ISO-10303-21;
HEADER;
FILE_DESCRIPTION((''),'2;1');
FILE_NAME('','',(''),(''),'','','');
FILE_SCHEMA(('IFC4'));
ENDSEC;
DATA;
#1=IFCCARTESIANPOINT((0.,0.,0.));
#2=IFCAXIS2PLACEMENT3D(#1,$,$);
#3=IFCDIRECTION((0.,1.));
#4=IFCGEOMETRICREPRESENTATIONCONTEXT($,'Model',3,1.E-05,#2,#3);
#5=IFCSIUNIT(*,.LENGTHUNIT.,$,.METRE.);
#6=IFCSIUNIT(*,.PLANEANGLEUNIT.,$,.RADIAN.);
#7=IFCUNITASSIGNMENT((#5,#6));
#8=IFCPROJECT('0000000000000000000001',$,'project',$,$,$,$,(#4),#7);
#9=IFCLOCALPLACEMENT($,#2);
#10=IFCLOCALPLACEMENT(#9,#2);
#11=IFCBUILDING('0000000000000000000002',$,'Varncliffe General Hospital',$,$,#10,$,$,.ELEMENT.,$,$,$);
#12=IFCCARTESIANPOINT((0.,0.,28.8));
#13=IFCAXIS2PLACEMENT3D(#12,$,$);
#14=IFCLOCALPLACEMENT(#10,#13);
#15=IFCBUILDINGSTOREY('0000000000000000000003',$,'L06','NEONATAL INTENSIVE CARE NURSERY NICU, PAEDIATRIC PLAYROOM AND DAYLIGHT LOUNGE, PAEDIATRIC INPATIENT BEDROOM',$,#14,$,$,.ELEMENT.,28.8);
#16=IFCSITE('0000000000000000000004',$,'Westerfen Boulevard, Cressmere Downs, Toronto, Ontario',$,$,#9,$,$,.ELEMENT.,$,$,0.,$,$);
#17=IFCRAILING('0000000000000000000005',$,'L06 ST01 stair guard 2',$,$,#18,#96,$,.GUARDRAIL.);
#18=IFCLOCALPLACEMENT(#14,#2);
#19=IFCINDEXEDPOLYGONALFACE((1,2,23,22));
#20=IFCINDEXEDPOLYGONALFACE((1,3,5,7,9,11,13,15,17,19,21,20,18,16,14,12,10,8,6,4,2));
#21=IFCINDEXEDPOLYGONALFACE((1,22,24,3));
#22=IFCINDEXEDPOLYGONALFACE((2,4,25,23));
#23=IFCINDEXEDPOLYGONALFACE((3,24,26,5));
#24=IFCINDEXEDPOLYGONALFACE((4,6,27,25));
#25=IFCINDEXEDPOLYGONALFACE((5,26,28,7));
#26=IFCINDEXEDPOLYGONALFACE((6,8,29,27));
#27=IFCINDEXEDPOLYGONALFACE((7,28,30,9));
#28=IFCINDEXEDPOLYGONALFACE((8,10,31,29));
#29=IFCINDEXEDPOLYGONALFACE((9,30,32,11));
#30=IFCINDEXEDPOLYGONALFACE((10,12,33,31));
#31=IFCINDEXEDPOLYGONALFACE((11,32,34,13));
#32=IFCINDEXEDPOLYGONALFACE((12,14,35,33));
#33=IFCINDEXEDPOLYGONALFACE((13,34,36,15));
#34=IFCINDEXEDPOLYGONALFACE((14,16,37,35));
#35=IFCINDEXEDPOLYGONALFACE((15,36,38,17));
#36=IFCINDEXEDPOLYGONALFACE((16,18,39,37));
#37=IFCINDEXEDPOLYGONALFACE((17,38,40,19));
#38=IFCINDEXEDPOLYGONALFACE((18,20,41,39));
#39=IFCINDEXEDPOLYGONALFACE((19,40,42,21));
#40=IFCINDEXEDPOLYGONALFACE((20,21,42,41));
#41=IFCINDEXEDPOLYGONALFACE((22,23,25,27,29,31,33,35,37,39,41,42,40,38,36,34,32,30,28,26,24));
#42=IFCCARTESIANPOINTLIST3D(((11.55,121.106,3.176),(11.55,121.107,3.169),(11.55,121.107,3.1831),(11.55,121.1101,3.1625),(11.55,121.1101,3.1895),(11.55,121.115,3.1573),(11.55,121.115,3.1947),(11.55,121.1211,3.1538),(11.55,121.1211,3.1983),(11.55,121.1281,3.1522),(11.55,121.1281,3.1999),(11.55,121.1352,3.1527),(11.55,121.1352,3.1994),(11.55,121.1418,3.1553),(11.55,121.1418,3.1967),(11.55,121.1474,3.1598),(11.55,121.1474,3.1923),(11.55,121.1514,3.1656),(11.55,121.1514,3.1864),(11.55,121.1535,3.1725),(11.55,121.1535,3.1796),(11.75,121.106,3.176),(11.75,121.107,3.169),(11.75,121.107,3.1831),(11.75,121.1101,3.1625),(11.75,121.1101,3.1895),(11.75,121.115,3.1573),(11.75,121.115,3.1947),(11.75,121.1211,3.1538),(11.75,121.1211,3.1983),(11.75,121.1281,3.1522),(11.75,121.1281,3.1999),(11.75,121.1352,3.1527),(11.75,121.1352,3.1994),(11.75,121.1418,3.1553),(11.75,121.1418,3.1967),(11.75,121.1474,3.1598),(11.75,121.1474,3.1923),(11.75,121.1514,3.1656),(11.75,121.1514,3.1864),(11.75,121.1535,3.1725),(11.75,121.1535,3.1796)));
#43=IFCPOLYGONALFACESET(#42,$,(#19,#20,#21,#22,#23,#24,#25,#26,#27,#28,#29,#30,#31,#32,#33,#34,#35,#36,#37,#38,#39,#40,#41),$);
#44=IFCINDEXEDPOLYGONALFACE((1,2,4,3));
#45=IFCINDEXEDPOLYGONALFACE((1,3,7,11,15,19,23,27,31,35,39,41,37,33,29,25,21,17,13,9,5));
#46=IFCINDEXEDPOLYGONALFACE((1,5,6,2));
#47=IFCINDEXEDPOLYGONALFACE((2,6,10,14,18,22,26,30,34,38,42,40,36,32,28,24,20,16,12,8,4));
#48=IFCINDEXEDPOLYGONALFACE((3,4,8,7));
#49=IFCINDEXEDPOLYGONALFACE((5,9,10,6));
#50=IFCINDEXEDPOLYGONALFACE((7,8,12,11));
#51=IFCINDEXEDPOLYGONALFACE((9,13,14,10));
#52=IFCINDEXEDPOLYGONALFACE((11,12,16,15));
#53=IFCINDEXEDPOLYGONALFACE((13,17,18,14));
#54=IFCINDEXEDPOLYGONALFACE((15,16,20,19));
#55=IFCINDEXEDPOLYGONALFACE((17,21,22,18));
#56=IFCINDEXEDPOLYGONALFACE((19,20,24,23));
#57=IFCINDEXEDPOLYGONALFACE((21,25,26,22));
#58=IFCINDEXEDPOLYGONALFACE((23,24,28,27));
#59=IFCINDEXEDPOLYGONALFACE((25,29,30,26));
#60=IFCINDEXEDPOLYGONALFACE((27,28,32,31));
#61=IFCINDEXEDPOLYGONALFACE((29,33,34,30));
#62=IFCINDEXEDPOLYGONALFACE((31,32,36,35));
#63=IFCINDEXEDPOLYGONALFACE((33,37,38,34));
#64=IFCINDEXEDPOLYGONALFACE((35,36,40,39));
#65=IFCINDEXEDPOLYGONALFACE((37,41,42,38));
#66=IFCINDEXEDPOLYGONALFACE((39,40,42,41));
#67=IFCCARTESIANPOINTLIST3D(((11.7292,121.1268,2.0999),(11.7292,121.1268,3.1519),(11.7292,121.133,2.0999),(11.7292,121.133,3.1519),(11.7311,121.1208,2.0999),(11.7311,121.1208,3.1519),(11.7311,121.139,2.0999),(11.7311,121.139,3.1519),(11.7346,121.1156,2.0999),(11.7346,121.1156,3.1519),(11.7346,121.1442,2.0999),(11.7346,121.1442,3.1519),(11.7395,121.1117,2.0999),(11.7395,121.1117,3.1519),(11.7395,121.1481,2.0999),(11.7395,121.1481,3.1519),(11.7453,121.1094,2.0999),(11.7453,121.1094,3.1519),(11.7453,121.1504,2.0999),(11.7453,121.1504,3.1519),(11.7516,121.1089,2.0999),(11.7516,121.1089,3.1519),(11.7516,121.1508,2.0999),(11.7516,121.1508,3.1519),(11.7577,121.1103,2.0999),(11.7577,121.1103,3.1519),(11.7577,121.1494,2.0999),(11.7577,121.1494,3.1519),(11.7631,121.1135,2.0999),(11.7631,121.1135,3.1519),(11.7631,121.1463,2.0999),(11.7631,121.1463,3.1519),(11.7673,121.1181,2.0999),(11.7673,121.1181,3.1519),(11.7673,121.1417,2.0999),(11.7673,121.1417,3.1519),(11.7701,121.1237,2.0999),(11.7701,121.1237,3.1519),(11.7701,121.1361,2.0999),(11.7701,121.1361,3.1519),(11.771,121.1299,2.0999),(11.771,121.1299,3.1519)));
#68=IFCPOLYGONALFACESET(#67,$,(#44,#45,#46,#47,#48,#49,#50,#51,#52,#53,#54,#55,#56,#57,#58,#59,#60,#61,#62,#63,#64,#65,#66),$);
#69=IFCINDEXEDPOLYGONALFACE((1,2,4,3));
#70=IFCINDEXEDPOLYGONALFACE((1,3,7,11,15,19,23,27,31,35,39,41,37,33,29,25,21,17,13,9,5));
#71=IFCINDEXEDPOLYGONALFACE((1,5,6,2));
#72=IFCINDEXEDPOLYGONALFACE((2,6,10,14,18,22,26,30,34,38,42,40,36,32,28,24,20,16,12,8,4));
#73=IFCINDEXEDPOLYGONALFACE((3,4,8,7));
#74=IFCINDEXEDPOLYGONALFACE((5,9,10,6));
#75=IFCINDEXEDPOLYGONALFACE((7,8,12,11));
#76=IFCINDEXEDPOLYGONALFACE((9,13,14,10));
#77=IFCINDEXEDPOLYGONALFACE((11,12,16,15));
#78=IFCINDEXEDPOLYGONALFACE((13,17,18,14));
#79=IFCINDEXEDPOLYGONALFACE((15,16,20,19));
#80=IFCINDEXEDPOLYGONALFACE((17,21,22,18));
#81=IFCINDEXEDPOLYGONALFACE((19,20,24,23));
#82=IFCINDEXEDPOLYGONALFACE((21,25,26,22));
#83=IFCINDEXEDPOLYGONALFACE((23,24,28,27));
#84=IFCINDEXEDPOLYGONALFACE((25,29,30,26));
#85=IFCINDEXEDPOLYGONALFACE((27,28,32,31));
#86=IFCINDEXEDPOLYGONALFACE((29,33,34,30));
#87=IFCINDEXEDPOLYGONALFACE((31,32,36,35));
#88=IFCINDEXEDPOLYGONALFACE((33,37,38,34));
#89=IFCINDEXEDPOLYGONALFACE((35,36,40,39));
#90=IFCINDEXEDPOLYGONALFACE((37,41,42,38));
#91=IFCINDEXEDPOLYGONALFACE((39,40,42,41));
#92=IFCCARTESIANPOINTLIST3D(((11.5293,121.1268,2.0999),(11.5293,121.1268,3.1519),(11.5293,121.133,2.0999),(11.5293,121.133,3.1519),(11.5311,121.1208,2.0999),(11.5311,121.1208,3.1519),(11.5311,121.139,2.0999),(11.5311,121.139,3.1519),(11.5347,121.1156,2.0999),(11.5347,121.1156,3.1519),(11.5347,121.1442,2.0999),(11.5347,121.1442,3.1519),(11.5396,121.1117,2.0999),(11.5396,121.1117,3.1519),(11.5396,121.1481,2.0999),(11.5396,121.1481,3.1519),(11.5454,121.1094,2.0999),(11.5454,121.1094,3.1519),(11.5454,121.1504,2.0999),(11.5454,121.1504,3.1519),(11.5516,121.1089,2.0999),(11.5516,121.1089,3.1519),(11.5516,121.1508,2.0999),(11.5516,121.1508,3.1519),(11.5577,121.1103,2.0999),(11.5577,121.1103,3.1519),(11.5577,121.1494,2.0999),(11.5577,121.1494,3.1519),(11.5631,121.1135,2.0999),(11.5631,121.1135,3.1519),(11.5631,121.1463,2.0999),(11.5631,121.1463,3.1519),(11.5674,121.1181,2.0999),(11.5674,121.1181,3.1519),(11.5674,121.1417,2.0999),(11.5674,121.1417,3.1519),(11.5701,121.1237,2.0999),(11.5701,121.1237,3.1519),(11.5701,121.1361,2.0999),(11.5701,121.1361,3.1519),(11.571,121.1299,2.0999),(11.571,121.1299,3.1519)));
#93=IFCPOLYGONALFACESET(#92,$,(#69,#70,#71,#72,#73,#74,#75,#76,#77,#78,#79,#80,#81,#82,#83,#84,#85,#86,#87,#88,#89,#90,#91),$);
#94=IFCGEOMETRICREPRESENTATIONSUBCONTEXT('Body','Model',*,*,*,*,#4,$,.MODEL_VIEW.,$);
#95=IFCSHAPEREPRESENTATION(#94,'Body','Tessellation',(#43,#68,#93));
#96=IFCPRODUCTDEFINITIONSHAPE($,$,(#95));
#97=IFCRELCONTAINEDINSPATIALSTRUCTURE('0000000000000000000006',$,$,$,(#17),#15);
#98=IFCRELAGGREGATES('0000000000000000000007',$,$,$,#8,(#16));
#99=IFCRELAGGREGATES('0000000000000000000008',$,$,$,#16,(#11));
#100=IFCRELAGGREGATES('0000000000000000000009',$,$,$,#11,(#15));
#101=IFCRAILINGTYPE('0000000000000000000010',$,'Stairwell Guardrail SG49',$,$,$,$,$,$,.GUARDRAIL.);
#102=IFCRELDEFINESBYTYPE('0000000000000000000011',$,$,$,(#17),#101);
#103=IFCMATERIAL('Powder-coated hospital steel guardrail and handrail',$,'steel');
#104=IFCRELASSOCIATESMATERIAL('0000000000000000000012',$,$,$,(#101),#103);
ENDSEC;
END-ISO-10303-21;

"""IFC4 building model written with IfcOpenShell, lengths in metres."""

from ifc_helpers import new_model, si_unit, direction, frame, origin, origin_2d, place, context, subcontext, project, spatial, circle, extrude, material, type_object, element, save


model = new_model("IFC4")

# Units and contexts
model_context = context("Model", 3, precision=1e-05, world=origin(), true_north=direction((0.0, 1.0)))
body_context = subcontext(model_context, "Body", "Model", "MODEL_VIEW")
ifc_project = project(units=[si_unit("LENGTHUNIT", "METRE"), si_unit("PLANEANGLEUNIT", "RADIAN")], contexts=[model_context])

# Site, building, storey
site_placement = place(None, origin())
site = spatial("IfcSite", under=ifc_project, at=site_placement, Name="Westerfen Boulevard, Cressmere Downs, Toronto, Ontario", CompositionType="ELEMENT", RefElevation=0.0)
building_placement = place(site_placement, origin())
building = spatial("IfcBuilding", under=site, at=building_placement, Name="Varncliffe General Hospital", CompositionType="ELEMENT")
storey_placement = place(building_placement, frame((0.0, 0.0, 28.8)))
storey = spatial("IfcBuildingStorey", under=building, at=storey_placement, Name="L06", Description="NEONATAL INTENSIVE CARE NURSERY NICU, PAEDIATRIC PLAYROOM AND DAYLIGHT LOUNGE, PAEDIATRIC INPATIENT BEDROOM", CompositionType="ELEMENT", Elevation=28.8)

# Railing
ifc_material_1 = material(Name="Powder-coated hospital steel guardrail and handrail", Category="steel")
railing_type_1 = type_object("IfcRailingType", Name="Stairwell Guardrail SG49", PredefinedType="GUARDRAIL", material=ifc_material_1)
railing_1_placement = place(storey_placement, frame((11.75, 121.1299, 2.0999)))
element("IfcRailing", 1, at=railing_1_placement, inside=storey, type_object=railing_type_1, Name="L06 ST01 stair guard 2", PredefinedType="GUARDRAIL", context=body_context, shape_type="SweptSolid", body=[
    extrude(circle(Radius=0.0239, at=origin_2d()), frame((0.0, 0.0, 1.0762), z_axis=(-1.0, 0.0, 0.0), x_axis=(0.0, -1.0, 0.0)), (0.0, 0.0, 1.0), 0.2),
    extrude(circle(Radius=0.021, at=origin_2d()), origin(), (0.0, 0.0, 1.0), 1.052),
    extrude(circle(Radius=0.021, at=origin_2d()), frame((-0.2, 0.0, 0.0)), (0.0, 0.0, 1.0), 1.052),
])

save(model, "model.ifc")
